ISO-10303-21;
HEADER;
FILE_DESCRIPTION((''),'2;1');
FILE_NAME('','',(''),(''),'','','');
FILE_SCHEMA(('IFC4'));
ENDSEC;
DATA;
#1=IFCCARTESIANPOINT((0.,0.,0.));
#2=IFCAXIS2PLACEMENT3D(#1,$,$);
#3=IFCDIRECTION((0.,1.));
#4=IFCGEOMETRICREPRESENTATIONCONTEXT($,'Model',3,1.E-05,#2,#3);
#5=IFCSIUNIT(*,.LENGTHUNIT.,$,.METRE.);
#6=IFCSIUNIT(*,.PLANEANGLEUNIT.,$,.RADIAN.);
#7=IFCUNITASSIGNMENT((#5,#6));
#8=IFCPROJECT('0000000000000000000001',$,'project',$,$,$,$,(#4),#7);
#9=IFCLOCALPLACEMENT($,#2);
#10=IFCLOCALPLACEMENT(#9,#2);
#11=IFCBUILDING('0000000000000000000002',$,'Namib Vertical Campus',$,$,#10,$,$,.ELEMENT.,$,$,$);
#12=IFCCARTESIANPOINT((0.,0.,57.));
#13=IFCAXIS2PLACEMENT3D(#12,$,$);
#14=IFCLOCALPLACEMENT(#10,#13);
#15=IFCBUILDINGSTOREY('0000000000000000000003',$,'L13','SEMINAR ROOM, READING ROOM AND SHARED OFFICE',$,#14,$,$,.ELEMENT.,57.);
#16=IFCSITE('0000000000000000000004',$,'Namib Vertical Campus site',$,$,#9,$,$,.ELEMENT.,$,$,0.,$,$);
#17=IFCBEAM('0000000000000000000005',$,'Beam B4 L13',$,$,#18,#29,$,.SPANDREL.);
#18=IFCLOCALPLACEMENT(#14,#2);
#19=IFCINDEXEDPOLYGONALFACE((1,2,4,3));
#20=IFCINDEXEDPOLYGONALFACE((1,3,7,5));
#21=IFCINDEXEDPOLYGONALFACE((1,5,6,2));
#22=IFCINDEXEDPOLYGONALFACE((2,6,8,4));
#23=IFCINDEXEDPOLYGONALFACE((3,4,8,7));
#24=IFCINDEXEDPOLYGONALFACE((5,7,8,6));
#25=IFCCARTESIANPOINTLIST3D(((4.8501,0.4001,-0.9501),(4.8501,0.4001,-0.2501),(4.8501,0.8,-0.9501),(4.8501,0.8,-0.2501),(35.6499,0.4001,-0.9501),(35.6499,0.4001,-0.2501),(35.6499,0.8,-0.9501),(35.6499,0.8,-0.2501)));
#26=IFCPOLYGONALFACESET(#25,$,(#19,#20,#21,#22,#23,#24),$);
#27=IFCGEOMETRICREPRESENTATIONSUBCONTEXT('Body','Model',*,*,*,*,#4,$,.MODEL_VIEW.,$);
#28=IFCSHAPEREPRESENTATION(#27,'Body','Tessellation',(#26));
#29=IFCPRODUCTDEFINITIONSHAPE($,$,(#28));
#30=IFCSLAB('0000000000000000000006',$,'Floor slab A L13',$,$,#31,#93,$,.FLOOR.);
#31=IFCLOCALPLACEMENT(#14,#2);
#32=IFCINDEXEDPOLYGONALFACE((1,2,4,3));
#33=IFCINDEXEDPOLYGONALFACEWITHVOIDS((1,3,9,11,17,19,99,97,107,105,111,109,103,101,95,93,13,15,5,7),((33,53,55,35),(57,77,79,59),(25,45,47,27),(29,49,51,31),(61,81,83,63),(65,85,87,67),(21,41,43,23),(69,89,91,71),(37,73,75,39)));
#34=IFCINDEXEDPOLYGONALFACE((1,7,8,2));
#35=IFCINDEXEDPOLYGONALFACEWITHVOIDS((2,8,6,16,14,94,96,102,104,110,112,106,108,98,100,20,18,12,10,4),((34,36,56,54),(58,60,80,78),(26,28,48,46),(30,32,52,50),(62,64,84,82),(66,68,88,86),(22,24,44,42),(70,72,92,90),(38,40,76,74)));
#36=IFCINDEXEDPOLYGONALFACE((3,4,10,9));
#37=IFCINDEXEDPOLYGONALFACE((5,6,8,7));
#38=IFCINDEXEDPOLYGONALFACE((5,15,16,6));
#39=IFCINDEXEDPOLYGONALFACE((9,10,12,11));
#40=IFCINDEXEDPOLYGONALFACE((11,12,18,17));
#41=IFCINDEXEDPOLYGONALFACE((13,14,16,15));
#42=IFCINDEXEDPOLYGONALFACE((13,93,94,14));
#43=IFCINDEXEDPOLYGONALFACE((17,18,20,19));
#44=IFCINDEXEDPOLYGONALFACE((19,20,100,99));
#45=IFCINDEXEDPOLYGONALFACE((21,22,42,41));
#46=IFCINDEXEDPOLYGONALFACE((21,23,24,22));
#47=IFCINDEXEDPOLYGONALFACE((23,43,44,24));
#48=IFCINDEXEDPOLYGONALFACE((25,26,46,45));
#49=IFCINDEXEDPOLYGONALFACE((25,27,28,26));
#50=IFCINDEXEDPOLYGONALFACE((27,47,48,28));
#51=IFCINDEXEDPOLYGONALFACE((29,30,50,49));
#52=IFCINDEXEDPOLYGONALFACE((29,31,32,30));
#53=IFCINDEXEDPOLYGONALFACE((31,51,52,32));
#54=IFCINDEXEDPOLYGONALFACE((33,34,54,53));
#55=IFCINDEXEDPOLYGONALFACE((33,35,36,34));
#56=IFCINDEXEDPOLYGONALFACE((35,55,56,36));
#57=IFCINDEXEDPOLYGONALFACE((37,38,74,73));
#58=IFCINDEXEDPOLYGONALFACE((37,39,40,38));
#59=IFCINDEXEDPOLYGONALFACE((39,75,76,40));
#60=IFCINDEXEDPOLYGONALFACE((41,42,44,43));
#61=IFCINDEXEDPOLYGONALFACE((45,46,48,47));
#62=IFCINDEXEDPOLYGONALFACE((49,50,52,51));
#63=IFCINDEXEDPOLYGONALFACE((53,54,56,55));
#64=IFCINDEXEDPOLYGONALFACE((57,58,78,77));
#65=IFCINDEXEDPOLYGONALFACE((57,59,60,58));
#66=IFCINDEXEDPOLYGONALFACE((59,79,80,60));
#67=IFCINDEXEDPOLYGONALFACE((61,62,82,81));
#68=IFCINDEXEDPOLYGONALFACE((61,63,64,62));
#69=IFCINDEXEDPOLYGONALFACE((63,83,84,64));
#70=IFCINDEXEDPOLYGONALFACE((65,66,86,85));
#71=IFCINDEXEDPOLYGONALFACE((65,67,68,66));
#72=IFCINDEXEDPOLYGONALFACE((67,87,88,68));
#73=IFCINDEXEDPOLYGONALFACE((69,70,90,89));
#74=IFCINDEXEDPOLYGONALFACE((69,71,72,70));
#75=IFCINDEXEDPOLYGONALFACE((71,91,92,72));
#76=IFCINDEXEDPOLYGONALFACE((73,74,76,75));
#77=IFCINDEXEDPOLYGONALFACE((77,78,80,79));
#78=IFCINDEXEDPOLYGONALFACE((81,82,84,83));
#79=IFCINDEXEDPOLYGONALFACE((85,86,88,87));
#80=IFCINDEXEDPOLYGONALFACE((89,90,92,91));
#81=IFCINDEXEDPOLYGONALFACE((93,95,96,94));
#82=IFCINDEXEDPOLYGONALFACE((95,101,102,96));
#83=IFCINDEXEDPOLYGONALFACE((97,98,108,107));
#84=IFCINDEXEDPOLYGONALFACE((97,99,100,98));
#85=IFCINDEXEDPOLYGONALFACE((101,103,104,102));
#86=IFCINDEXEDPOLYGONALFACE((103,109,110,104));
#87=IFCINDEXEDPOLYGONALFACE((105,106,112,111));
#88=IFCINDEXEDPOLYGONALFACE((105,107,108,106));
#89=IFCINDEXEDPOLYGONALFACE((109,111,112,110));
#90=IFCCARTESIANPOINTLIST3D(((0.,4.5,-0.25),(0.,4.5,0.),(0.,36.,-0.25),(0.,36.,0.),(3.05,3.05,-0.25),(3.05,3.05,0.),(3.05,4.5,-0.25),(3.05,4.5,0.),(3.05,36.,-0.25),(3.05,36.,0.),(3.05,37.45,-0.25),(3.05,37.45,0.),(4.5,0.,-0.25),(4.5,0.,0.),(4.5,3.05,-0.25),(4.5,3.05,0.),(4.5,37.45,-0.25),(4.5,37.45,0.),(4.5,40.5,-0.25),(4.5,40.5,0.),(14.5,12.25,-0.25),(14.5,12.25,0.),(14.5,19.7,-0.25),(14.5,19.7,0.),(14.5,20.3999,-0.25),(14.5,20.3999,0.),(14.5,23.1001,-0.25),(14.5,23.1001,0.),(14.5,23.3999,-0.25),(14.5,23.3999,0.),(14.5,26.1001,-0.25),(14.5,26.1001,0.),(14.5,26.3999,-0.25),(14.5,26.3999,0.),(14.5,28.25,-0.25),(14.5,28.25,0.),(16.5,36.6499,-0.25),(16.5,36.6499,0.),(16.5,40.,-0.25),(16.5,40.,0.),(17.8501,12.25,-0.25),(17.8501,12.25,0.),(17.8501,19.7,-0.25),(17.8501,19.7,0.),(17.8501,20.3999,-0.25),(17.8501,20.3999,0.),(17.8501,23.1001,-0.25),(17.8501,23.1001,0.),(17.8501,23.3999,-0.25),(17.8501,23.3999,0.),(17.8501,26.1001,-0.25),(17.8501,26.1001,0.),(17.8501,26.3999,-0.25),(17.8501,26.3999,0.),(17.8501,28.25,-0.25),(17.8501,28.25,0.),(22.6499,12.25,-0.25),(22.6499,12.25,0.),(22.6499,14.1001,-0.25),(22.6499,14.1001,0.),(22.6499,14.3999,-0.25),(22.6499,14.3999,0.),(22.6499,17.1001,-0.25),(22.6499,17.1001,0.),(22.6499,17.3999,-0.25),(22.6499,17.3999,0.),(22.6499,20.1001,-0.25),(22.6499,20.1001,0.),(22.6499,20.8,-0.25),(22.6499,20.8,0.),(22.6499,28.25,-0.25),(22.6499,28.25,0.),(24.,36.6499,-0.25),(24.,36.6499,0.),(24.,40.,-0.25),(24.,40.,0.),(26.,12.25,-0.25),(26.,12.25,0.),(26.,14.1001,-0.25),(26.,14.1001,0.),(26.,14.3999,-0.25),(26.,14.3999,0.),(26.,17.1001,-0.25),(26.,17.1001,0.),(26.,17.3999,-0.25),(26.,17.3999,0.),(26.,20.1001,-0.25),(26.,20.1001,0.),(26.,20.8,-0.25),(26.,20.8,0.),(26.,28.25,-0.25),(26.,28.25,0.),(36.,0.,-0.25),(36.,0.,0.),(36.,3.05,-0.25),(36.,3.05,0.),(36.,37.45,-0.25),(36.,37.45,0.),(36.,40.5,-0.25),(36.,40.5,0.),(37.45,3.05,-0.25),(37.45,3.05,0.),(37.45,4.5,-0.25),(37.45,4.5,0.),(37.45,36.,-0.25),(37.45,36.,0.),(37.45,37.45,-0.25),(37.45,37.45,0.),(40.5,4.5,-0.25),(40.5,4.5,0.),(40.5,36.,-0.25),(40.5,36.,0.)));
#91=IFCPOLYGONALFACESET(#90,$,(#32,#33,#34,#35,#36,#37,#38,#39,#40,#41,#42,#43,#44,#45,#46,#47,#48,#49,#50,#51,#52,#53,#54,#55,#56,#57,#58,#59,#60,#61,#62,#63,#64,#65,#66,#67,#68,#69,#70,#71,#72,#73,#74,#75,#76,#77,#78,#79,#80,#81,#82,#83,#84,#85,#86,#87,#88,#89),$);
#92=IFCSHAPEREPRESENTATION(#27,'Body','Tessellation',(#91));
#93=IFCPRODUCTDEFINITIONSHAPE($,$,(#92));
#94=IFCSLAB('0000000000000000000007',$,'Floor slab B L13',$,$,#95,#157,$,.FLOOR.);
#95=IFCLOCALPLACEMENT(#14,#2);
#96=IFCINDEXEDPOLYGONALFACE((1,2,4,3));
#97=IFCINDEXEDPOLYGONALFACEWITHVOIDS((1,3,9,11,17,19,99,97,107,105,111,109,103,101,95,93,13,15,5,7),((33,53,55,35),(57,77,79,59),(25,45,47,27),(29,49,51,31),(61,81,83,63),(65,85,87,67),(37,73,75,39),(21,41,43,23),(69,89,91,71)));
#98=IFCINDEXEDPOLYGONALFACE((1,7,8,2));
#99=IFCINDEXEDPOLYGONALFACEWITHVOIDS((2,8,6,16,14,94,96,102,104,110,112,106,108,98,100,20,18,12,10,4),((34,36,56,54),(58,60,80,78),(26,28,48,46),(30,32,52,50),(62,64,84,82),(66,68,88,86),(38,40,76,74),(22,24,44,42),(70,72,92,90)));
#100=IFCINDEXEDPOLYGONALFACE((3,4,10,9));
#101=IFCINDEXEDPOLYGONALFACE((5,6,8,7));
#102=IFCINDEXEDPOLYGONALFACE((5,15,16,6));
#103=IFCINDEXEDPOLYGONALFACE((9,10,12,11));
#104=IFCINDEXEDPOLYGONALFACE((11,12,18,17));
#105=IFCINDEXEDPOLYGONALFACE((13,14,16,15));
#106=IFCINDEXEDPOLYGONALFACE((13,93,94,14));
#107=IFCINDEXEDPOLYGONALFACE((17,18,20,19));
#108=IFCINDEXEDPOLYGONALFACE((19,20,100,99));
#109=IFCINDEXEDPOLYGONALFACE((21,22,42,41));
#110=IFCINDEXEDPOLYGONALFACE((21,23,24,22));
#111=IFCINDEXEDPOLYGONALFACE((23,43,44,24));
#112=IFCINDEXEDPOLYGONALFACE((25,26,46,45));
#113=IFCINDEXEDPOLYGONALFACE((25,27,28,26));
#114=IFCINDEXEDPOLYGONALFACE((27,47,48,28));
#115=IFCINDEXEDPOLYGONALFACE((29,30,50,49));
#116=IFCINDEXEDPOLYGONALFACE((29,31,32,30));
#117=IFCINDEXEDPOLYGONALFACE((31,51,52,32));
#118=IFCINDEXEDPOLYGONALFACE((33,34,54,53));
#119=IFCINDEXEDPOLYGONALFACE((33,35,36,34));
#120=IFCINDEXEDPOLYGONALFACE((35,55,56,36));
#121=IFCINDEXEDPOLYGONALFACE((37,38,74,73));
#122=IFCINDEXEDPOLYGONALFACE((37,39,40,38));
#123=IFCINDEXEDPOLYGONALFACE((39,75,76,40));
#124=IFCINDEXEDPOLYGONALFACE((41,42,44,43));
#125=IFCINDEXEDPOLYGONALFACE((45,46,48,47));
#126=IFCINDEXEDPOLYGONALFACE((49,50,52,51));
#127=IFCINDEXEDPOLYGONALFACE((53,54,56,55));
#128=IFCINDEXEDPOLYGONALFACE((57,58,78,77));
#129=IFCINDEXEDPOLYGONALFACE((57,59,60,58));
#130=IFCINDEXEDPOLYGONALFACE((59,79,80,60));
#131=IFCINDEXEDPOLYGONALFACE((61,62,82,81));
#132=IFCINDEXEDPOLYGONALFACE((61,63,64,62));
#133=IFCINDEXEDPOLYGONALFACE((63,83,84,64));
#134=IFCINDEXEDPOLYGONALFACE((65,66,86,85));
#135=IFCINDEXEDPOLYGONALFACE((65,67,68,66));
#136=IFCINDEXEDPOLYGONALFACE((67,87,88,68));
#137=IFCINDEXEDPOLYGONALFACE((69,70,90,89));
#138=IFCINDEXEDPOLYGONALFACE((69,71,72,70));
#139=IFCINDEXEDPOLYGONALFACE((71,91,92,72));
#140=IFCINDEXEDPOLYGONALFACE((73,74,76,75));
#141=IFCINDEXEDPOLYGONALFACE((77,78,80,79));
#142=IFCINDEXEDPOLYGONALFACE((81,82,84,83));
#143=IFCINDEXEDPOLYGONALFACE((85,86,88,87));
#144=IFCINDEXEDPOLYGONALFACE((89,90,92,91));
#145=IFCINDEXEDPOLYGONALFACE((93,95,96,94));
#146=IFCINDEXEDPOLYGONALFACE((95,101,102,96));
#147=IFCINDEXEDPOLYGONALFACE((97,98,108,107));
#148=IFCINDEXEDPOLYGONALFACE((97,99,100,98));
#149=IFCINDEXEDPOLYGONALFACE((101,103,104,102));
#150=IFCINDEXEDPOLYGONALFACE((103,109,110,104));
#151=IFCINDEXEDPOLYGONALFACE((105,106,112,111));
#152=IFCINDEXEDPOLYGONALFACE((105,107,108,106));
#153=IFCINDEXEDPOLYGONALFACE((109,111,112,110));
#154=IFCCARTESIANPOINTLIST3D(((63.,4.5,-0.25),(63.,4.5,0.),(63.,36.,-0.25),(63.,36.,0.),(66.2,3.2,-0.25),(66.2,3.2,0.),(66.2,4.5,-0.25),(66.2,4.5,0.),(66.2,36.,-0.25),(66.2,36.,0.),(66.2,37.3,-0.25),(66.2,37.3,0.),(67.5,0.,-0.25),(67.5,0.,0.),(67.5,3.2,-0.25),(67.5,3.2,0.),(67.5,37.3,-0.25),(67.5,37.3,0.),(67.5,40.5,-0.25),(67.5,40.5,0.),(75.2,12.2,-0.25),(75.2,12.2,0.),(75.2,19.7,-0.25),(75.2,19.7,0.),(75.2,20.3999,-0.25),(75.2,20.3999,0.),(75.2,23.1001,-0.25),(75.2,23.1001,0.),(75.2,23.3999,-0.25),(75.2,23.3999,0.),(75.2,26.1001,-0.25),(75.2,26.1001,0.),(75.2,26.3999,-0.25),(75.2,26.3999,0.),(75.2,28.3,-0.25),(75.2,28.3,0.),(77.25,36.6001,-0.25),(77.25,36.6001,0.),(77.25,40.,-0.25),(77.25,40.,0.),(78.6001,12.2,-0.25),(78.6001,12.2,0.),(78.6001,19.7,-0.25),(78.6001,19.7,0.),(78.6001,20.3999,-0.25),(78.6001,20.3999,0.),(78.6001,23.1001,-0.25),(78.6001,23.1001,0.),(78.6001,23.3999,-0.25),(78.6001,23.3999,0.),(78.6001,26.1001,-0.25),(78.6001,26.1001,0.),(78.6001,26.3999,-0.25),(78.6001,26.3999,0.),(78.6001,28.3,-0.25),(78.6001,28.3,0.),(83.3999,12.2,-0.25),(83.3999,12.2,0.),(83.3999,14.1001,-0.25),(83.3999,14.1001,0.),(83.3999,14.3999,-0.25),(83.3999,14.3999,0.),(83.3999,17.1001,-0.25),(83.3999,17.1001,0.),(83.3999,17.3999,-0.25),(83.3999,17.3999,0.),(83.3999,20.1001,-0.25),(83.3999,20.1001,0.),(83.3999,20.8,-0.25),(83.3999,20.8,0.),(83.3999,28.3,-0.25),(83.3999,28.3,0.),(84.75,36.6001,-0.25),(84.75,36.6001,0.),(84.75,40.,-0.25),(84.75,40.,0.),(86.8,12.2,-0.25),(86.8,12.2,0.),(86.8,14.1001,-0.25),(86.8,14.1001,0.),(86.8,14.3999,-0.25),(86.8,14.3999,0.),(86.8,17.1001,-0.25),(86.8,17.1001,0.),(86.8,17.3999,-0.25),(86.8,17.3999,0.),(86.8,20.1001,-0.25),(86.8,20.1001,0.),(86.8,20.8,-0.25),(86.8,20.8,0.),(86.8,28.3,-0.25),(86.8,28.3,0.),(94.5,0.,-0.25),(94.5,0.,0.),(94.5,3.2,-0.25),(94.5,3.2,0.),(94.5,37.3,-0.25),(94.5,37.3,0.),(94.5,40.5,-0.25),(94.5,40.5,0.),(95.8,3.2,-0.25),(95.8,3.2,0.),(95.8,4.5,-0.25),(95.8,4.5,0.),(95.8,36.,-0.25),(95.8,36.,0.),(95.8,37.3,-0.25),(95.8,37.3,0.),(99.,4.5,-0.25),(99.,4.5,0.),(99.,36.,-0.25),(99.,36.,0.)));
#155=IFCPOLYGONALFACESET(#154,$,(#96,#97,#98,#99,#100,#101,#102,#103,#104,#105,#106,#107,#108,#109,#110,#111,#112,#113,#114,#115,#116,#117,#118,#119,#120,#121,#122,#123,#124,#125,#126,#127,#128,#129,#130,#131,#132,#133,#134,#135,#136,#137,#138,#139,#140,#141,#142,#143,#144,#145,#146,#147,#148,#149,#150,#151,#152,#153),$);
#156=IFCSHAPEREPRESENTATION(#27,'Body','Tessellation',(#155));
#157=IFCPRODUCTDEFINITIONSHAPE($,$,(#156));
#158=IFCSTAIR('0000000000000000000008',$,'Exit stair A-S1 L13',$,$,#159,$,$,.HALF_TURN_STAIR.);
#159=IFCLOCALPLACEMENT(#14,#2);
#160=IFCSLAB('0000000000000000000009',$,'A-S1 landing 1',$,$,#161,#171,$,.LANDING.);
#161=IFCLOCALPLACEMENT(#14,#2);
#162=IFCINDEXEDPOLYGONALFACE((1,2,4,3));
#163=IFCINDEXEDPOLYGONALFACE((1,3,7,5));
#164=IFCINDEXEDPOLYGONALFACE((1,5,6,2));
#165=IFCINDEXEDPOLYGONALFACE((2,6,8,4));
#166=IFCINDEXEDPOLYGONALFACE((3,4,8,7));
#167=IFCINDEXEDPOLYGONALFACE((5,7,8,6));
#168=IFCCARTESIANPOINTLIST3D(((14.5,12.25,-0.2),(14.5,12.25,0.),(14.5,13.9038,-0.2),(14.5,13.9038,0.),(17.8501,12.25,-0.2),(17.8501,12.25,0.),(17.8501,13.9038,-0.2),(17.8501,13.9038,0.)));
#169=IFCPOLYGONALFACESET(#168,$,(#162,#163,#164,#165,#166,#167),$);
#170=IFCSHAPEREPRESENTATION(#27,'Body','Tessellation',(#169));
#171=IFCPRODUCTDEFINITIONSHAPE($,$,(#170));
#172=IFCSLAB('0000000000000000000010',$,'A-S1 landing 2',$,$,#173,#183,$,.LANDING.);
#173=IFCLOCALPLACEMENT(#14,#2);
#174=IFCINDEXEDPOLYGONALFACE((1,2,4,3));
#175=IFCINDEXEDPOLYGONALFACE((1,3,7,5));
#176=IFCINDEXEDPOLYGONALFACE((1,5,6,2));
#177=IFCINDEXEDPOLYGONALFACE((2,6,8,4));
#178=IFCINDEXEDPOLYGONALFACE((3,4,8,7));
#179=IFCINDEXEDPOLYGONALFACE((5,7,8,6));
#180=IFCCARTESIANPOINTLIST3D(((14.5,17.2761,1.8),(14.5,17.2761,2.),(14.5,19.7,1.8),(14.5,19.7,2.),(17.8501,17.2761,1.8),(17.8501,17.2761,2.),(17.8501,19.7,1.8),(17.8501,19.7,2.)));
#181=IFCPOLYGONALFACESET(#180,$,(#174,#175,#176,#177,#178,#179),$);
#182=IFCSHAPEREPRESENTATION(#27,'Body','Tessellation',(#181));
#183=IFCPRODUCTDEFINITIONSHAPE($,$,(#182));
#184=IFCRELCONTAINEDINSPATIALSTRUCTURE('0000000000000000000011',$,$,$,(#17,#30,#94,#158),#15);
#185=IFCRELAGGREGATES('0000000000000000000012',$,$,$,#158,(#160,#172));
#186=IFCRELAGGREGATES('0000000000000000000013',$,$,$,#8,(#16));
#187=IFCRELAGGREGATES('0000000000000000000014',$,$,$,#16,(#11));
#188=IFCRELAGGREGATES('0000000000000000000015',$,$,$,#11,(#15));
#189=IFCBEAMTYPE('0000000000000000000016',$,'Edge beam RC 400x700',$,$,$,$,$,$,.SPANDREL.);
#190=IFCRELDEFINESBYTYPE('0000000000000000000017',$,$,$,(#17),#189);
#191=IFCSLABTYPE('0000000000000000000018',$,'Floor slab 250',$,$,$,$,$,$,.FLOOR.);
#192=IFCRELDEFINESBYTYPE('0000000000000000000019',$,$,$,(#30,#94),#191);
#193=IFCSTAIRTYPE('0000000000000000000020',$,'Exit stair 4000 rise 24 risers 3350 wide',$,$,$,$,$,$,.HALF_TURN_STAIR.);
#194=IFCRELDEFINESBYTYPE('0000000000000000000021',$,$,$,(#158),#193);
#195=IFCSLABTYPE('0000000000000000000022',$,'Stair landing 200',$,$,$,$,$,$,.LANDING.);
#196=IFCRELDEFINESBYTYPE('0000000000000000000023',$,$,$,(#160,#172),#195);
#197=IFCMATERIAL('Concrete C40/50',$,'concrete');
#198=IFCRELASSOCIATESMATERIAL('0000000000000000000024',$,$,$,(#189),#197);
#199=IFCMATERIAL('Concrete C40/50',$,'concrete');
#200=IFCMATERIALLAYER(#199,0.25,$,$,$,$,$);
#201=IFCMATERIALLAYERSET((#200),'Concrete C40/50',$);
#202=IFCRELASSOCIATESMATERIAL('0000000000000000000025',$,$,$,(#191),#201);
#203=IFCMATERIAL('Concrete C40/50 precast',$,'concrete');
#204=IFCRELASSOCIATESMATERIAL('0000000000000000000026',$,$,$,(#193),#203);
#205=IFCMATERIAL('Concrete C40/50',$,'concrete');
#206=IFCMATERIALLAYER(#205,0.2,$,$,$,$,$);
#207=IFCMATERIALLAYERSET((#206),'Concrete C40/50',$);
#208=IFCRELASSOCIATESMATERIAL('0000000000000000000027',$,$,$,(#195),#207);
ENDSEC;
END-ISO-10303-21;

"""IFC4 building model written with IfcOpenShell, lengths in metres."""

from ifc_helpers import new_model, si_unit, direction, frame, origin, origin_2d, place, context, subcontext, project, spatial, polyline, rectangle, outline, extrude, material, layer, layer_set, material_profile, profile_set, type_object, element, aggregate, save


model = new_model("IFC4")

# Units and contexts
model_context = context("Model", 3, precision=1e-05, world=origin(), true_north=direction((0.0, 1.0)))
body_context = subcontext(model_context, "Body", "Model", "MODEL_VIEW")
ifc_project = project(units=[si_unit("LENGTHUNIT", "METRE"), si_unit("PLANEANGLEUNIT", "RADIAN")], contexts=[model_context])

# Site, building, storey
site_placement = place(None, origin())
site = spatial("IfcSite", under=ifc_project, at=site_placement, Name="Namib Vertical Campus site", CompositionType="ELEMENT", RefElevation=0.0)
building_placement = place(site_placement, origin())
building = spatial("IfcBuilding", under=site, at=building_placement, Name="Namib Vertical Campus", CompositionType="ELEMENT")
storey_placement = place(building_placement, frame((0.0, 0.0, 57.0)))
storey = spatial("IfcBuildingStorey", under=building, at=storey_placement, Name="L13", Description="SEMINAR ROOM, READING ROOM AND SHARED OFFICE", CompositionType="ELEMENT", Elevation=57.0)

# Beam
ifc_material_1 = material(Name="Concrete C40/50", Category="concrete")
ifc_material_profile = material_profile(ifc_material_1, rectangle(XDim=0.3999, YDim=0.7, at=origin_2d()))
ifc_profile_set = profile_set([ifc_material_profile], Name="Concrete C40/50")
beam_type = type_object("IfcBeamType", Name="Edge beam RC 400x700", PredefinedType="SPANDREL", material=ifc_profile_set)
beam_placement = place(storey_placement, frame((4.8501, 0.6001, -0.6001), z_axis=(1.0, 0.0, 0.0), x_axis=(0.0, 1.0, 0.0)))
element("IfcBeam", 1, at=beam_placement, inside=storey, type_object=beam_type, Name="Beam B4 L13", PredefinedType="SPANDREL", context=body_context, shape_type="SweptSolid", body=[
    extrude(rectangle(XDim=0.3999, YDim=0.7, at=origin_2d()), origin(), (0.0, 0.0, 1.0), 30.7998),
])

# Slabs
ifc_material_2 = material(Name="Concrete C40/50", Category="concrete")
ifc_layer_1 = layer(ifc_material_2, 0.25)
ifc_layer_set_1 = layer_set([ifc_layer_1], Name="Concrete C40/50")
slab_type_1 = type_object("IfcSlabType", Name="Floor slab 250", PredefinedType="FLOOR", material=ifc_layer_set_1)
slab_1_placement = place(storey_placement, frame((0.0, 0.0, -0.25)))
element("IfcSlab", 2, at=slab_1_placement, inside=storey, type_object=slab_type_1, Name="Floor slab A L13", PredefinedType="FLOOR", context=body_context, shape_type="SweptSolid", body=[
    extrude(outline(polyline([(4.5, 0.0), (36.0, 0.0), (36.0, 3.05), (37.45, 3.05), (37.45, 4.5), (40.5, 4.5), (40.5, 36.0), (37.45, 36.0), (37.45, 37.45), (36.0, 37.45), (36.0, 40.5), (4.5, 40.5), (4.5, 37.45), (3.05, 37.45), (3.05, 36.0), (0.0, 36.0), (0.0, 4.5), (3.05, 4.5), (3.05, 3.05), (4.5, 3.05), (4.5, 0.0)]), holes=[polyline([(14.5, 12.25), (17.8501, 12.25), (17.8501, 19.7), (14.5, 19.7), (14.5, 12.25)]), polyline([(22.6499, 20.8), (26.0, 20.8), (26.0, 28.25), (22.6499, 28.25), (22.6499, 20.8)]), polyline([(22.6499, 12.25), (26.0, 12.25), (26.0, 14.1001), (22.6499, 14.1001), (22.6499, 12.25)]), polyline([(14.5, 20.3999), (17.8501, 20.3999), (17.8501, 23.1001), (14.5, 23.1001), (14.5, 20.3999)]), polyline([(14.5, 23.3999), (17.8501, 23.3999), (17.8501, 26.1001), (14.5, 26.1001), (14.5, 23.3999)]), polyline([(14.5, 26.3999), (17.8501, 26.3999), (17.8501, 28.25), (14.5, 28.25), (14.5, 26.3999)]), polyline([(22.6499, 14.3999), (26.0, 14.3999), (26.0, 17.1001), (22.6499, 17.1001), (22.6499, 14.3999)]), polyline([(22.6499, 17.3999), (26.0, 17.3999), (26.0, 20.1001), (22.6499, 20.1001), (22.6499, 17.3999)]), polyline([(16.5, 36.6499), (24.0, 36.6499), (24.0, 40.0), (16.5, 40.0), (16.5, 36.6499)])]), origin(), (0.0, 0.0, 1.0), 0.25),
])
slab_2_placement = place(storey_placement, frame((0.0, 0.0, -0.25)))
element("IfcSlab", 3, at=slab_2_placement, inside=storey, type_object=slab_type_1, Name="Floor slab B L13", PredefinedType="FLOOR", context=body_context, shape_type="SweptSolid", body=[
    extrude(outline(polyline([(67.5, 0.0), (94.5, 0.0), (94.5, 3.2), (95.8, 3.2), (95.8, 4.5), (99.0, 4.5), (99.0, 36.0), (95.8, 36.0), (95.8, 37.3), (94.5, 37.3), (94.5, 40.5), (67.5, 40.5), (67.5, 37.3), (66.2, 37.3), (66.2, 36.0), (63.0, 36.0), (63.0, 4.5), (66.2, 4.5), (66.2, 3.2), (67.5, 3.2), (67.5, 0.0)]), holes=[polyline([(75.2, 12.2), (78.6001, 12.2), (78.6001, 19.7), (75.2, 19.7), (75.2, 12.2)]), polyline([(83.3999, 20.8), (86.8, 20.8), (86.8, 28.3), (83.3999, 28.3), (83.3999, 20.8)]), polyline([(83.3999, 12.2), (86.8, 12.2), (86.8, 14.1001), (83.3999, 14.1001), (83.3999, 12.2)]), polyline([(75.2, 20.3999), (78.6001, 20.3999), (78.6001, 23.1001), (75.2, 23.1001), (75.2, 20.3999)]), polyline([(75.2, 23.3999), (78.6001, 23.3999), (78.6001, 26.1001), (75.2, 26.1001), (75.2, 23.3999)]), polyline([(75.2, 26.3999), (78.6001, 26.3999), (78.6001, 28.3), (75.2, 28.3), (75.2, 26.3999)]), polyline([(83.3999, 14.3999), (86.8, 14.3999), (86.8, 17.1001), (83.3999, 17.1001), (83.3999, 14.3999)]), polyline([(83.3999, 17.3999), (86.8, 17.3999), (86.8, 20.1001), (83.3999, 20.1001), (83.3999, 17.3999)]), polyline([(77.25, 36.6001), (84.75, 36.6001), (84.75, 40.0), (77.25, 40.0), (77.25, 36.6001)])]), origin(), (0.0, 0.0, 1.0), 0.25),
])

# Stair, slabs
ifc_material_3 = material(Name="Concrete C40/50 precast", Category="concrete")
stair_type_1 = type_object("IfcStairType", Name="Exit stair 4000 rise 24 risers 3350 wide", PredefinedType="HALF_TURN_STAIR", material=ifc_material_3)
stair_1_placement = place(storey_placement, origin())
stair_1 = element("IfcStair", 4, at=stair_1_placement, inside=storey, type_object=stair_type_1, Name="Exit stair A-S1 L13", PredefinedType="HALF_TURN_STAIR")
ifc_material_4 = material(Name="Concrete C40/50", Category="concrete")
ifc_layer_2 = layer(ifc_material_4, 0.2)
ifc_layer_set_2 = layer_set([ifc_layer_2], Name="Concrete C40/50")
slab_type_2 = type_object("IfcSlabType", Name="Stair landing 200", PredefinedType="LANDING", material=ifc_layer_set_2)
slab_3_placement = place(storey_placement, frame((0.0, 0.0, -0.2)))
slab_3 = element("IfcSlab", 5, at=slab_3_placement, type_object=slab_type_2, Name="A-S1 landing 1", PredefinedType="LANDING", context=body_context, shape_type="SweptSolid", body=[
    extrude(outline(polyline([(14.5, 12.25), (17.8501, 12.25), (17.8501, 13.9038), (14.5, 13.9038), (14.5, 12.25)])), origin(), (0.0, 0.0, 1.0), 0.2),
])
slab_4_placement = place(storey_placement, frame((0.0, 0.0, 1.8)))
slab_4 = element("IfcSlab", 6, at=slab_4_placement, type_object=slab_type_2, Name="A-S1 landing 2", PredefinedType="LANDING", context=body_context, shape_type="SweptSolid", body=[
    extrude(outline(polyline([(14.5, 17.2761), (17.8501, 17.2761), (17.8501, 19.7), (14.5, 19.7), (14.5, 17.2761)])), origin(), (0.0, 0.0, 1.0), 0.2),
])
aggregate(stair_1, [slab_3, slab_4])

save(model, "model.ifc")
